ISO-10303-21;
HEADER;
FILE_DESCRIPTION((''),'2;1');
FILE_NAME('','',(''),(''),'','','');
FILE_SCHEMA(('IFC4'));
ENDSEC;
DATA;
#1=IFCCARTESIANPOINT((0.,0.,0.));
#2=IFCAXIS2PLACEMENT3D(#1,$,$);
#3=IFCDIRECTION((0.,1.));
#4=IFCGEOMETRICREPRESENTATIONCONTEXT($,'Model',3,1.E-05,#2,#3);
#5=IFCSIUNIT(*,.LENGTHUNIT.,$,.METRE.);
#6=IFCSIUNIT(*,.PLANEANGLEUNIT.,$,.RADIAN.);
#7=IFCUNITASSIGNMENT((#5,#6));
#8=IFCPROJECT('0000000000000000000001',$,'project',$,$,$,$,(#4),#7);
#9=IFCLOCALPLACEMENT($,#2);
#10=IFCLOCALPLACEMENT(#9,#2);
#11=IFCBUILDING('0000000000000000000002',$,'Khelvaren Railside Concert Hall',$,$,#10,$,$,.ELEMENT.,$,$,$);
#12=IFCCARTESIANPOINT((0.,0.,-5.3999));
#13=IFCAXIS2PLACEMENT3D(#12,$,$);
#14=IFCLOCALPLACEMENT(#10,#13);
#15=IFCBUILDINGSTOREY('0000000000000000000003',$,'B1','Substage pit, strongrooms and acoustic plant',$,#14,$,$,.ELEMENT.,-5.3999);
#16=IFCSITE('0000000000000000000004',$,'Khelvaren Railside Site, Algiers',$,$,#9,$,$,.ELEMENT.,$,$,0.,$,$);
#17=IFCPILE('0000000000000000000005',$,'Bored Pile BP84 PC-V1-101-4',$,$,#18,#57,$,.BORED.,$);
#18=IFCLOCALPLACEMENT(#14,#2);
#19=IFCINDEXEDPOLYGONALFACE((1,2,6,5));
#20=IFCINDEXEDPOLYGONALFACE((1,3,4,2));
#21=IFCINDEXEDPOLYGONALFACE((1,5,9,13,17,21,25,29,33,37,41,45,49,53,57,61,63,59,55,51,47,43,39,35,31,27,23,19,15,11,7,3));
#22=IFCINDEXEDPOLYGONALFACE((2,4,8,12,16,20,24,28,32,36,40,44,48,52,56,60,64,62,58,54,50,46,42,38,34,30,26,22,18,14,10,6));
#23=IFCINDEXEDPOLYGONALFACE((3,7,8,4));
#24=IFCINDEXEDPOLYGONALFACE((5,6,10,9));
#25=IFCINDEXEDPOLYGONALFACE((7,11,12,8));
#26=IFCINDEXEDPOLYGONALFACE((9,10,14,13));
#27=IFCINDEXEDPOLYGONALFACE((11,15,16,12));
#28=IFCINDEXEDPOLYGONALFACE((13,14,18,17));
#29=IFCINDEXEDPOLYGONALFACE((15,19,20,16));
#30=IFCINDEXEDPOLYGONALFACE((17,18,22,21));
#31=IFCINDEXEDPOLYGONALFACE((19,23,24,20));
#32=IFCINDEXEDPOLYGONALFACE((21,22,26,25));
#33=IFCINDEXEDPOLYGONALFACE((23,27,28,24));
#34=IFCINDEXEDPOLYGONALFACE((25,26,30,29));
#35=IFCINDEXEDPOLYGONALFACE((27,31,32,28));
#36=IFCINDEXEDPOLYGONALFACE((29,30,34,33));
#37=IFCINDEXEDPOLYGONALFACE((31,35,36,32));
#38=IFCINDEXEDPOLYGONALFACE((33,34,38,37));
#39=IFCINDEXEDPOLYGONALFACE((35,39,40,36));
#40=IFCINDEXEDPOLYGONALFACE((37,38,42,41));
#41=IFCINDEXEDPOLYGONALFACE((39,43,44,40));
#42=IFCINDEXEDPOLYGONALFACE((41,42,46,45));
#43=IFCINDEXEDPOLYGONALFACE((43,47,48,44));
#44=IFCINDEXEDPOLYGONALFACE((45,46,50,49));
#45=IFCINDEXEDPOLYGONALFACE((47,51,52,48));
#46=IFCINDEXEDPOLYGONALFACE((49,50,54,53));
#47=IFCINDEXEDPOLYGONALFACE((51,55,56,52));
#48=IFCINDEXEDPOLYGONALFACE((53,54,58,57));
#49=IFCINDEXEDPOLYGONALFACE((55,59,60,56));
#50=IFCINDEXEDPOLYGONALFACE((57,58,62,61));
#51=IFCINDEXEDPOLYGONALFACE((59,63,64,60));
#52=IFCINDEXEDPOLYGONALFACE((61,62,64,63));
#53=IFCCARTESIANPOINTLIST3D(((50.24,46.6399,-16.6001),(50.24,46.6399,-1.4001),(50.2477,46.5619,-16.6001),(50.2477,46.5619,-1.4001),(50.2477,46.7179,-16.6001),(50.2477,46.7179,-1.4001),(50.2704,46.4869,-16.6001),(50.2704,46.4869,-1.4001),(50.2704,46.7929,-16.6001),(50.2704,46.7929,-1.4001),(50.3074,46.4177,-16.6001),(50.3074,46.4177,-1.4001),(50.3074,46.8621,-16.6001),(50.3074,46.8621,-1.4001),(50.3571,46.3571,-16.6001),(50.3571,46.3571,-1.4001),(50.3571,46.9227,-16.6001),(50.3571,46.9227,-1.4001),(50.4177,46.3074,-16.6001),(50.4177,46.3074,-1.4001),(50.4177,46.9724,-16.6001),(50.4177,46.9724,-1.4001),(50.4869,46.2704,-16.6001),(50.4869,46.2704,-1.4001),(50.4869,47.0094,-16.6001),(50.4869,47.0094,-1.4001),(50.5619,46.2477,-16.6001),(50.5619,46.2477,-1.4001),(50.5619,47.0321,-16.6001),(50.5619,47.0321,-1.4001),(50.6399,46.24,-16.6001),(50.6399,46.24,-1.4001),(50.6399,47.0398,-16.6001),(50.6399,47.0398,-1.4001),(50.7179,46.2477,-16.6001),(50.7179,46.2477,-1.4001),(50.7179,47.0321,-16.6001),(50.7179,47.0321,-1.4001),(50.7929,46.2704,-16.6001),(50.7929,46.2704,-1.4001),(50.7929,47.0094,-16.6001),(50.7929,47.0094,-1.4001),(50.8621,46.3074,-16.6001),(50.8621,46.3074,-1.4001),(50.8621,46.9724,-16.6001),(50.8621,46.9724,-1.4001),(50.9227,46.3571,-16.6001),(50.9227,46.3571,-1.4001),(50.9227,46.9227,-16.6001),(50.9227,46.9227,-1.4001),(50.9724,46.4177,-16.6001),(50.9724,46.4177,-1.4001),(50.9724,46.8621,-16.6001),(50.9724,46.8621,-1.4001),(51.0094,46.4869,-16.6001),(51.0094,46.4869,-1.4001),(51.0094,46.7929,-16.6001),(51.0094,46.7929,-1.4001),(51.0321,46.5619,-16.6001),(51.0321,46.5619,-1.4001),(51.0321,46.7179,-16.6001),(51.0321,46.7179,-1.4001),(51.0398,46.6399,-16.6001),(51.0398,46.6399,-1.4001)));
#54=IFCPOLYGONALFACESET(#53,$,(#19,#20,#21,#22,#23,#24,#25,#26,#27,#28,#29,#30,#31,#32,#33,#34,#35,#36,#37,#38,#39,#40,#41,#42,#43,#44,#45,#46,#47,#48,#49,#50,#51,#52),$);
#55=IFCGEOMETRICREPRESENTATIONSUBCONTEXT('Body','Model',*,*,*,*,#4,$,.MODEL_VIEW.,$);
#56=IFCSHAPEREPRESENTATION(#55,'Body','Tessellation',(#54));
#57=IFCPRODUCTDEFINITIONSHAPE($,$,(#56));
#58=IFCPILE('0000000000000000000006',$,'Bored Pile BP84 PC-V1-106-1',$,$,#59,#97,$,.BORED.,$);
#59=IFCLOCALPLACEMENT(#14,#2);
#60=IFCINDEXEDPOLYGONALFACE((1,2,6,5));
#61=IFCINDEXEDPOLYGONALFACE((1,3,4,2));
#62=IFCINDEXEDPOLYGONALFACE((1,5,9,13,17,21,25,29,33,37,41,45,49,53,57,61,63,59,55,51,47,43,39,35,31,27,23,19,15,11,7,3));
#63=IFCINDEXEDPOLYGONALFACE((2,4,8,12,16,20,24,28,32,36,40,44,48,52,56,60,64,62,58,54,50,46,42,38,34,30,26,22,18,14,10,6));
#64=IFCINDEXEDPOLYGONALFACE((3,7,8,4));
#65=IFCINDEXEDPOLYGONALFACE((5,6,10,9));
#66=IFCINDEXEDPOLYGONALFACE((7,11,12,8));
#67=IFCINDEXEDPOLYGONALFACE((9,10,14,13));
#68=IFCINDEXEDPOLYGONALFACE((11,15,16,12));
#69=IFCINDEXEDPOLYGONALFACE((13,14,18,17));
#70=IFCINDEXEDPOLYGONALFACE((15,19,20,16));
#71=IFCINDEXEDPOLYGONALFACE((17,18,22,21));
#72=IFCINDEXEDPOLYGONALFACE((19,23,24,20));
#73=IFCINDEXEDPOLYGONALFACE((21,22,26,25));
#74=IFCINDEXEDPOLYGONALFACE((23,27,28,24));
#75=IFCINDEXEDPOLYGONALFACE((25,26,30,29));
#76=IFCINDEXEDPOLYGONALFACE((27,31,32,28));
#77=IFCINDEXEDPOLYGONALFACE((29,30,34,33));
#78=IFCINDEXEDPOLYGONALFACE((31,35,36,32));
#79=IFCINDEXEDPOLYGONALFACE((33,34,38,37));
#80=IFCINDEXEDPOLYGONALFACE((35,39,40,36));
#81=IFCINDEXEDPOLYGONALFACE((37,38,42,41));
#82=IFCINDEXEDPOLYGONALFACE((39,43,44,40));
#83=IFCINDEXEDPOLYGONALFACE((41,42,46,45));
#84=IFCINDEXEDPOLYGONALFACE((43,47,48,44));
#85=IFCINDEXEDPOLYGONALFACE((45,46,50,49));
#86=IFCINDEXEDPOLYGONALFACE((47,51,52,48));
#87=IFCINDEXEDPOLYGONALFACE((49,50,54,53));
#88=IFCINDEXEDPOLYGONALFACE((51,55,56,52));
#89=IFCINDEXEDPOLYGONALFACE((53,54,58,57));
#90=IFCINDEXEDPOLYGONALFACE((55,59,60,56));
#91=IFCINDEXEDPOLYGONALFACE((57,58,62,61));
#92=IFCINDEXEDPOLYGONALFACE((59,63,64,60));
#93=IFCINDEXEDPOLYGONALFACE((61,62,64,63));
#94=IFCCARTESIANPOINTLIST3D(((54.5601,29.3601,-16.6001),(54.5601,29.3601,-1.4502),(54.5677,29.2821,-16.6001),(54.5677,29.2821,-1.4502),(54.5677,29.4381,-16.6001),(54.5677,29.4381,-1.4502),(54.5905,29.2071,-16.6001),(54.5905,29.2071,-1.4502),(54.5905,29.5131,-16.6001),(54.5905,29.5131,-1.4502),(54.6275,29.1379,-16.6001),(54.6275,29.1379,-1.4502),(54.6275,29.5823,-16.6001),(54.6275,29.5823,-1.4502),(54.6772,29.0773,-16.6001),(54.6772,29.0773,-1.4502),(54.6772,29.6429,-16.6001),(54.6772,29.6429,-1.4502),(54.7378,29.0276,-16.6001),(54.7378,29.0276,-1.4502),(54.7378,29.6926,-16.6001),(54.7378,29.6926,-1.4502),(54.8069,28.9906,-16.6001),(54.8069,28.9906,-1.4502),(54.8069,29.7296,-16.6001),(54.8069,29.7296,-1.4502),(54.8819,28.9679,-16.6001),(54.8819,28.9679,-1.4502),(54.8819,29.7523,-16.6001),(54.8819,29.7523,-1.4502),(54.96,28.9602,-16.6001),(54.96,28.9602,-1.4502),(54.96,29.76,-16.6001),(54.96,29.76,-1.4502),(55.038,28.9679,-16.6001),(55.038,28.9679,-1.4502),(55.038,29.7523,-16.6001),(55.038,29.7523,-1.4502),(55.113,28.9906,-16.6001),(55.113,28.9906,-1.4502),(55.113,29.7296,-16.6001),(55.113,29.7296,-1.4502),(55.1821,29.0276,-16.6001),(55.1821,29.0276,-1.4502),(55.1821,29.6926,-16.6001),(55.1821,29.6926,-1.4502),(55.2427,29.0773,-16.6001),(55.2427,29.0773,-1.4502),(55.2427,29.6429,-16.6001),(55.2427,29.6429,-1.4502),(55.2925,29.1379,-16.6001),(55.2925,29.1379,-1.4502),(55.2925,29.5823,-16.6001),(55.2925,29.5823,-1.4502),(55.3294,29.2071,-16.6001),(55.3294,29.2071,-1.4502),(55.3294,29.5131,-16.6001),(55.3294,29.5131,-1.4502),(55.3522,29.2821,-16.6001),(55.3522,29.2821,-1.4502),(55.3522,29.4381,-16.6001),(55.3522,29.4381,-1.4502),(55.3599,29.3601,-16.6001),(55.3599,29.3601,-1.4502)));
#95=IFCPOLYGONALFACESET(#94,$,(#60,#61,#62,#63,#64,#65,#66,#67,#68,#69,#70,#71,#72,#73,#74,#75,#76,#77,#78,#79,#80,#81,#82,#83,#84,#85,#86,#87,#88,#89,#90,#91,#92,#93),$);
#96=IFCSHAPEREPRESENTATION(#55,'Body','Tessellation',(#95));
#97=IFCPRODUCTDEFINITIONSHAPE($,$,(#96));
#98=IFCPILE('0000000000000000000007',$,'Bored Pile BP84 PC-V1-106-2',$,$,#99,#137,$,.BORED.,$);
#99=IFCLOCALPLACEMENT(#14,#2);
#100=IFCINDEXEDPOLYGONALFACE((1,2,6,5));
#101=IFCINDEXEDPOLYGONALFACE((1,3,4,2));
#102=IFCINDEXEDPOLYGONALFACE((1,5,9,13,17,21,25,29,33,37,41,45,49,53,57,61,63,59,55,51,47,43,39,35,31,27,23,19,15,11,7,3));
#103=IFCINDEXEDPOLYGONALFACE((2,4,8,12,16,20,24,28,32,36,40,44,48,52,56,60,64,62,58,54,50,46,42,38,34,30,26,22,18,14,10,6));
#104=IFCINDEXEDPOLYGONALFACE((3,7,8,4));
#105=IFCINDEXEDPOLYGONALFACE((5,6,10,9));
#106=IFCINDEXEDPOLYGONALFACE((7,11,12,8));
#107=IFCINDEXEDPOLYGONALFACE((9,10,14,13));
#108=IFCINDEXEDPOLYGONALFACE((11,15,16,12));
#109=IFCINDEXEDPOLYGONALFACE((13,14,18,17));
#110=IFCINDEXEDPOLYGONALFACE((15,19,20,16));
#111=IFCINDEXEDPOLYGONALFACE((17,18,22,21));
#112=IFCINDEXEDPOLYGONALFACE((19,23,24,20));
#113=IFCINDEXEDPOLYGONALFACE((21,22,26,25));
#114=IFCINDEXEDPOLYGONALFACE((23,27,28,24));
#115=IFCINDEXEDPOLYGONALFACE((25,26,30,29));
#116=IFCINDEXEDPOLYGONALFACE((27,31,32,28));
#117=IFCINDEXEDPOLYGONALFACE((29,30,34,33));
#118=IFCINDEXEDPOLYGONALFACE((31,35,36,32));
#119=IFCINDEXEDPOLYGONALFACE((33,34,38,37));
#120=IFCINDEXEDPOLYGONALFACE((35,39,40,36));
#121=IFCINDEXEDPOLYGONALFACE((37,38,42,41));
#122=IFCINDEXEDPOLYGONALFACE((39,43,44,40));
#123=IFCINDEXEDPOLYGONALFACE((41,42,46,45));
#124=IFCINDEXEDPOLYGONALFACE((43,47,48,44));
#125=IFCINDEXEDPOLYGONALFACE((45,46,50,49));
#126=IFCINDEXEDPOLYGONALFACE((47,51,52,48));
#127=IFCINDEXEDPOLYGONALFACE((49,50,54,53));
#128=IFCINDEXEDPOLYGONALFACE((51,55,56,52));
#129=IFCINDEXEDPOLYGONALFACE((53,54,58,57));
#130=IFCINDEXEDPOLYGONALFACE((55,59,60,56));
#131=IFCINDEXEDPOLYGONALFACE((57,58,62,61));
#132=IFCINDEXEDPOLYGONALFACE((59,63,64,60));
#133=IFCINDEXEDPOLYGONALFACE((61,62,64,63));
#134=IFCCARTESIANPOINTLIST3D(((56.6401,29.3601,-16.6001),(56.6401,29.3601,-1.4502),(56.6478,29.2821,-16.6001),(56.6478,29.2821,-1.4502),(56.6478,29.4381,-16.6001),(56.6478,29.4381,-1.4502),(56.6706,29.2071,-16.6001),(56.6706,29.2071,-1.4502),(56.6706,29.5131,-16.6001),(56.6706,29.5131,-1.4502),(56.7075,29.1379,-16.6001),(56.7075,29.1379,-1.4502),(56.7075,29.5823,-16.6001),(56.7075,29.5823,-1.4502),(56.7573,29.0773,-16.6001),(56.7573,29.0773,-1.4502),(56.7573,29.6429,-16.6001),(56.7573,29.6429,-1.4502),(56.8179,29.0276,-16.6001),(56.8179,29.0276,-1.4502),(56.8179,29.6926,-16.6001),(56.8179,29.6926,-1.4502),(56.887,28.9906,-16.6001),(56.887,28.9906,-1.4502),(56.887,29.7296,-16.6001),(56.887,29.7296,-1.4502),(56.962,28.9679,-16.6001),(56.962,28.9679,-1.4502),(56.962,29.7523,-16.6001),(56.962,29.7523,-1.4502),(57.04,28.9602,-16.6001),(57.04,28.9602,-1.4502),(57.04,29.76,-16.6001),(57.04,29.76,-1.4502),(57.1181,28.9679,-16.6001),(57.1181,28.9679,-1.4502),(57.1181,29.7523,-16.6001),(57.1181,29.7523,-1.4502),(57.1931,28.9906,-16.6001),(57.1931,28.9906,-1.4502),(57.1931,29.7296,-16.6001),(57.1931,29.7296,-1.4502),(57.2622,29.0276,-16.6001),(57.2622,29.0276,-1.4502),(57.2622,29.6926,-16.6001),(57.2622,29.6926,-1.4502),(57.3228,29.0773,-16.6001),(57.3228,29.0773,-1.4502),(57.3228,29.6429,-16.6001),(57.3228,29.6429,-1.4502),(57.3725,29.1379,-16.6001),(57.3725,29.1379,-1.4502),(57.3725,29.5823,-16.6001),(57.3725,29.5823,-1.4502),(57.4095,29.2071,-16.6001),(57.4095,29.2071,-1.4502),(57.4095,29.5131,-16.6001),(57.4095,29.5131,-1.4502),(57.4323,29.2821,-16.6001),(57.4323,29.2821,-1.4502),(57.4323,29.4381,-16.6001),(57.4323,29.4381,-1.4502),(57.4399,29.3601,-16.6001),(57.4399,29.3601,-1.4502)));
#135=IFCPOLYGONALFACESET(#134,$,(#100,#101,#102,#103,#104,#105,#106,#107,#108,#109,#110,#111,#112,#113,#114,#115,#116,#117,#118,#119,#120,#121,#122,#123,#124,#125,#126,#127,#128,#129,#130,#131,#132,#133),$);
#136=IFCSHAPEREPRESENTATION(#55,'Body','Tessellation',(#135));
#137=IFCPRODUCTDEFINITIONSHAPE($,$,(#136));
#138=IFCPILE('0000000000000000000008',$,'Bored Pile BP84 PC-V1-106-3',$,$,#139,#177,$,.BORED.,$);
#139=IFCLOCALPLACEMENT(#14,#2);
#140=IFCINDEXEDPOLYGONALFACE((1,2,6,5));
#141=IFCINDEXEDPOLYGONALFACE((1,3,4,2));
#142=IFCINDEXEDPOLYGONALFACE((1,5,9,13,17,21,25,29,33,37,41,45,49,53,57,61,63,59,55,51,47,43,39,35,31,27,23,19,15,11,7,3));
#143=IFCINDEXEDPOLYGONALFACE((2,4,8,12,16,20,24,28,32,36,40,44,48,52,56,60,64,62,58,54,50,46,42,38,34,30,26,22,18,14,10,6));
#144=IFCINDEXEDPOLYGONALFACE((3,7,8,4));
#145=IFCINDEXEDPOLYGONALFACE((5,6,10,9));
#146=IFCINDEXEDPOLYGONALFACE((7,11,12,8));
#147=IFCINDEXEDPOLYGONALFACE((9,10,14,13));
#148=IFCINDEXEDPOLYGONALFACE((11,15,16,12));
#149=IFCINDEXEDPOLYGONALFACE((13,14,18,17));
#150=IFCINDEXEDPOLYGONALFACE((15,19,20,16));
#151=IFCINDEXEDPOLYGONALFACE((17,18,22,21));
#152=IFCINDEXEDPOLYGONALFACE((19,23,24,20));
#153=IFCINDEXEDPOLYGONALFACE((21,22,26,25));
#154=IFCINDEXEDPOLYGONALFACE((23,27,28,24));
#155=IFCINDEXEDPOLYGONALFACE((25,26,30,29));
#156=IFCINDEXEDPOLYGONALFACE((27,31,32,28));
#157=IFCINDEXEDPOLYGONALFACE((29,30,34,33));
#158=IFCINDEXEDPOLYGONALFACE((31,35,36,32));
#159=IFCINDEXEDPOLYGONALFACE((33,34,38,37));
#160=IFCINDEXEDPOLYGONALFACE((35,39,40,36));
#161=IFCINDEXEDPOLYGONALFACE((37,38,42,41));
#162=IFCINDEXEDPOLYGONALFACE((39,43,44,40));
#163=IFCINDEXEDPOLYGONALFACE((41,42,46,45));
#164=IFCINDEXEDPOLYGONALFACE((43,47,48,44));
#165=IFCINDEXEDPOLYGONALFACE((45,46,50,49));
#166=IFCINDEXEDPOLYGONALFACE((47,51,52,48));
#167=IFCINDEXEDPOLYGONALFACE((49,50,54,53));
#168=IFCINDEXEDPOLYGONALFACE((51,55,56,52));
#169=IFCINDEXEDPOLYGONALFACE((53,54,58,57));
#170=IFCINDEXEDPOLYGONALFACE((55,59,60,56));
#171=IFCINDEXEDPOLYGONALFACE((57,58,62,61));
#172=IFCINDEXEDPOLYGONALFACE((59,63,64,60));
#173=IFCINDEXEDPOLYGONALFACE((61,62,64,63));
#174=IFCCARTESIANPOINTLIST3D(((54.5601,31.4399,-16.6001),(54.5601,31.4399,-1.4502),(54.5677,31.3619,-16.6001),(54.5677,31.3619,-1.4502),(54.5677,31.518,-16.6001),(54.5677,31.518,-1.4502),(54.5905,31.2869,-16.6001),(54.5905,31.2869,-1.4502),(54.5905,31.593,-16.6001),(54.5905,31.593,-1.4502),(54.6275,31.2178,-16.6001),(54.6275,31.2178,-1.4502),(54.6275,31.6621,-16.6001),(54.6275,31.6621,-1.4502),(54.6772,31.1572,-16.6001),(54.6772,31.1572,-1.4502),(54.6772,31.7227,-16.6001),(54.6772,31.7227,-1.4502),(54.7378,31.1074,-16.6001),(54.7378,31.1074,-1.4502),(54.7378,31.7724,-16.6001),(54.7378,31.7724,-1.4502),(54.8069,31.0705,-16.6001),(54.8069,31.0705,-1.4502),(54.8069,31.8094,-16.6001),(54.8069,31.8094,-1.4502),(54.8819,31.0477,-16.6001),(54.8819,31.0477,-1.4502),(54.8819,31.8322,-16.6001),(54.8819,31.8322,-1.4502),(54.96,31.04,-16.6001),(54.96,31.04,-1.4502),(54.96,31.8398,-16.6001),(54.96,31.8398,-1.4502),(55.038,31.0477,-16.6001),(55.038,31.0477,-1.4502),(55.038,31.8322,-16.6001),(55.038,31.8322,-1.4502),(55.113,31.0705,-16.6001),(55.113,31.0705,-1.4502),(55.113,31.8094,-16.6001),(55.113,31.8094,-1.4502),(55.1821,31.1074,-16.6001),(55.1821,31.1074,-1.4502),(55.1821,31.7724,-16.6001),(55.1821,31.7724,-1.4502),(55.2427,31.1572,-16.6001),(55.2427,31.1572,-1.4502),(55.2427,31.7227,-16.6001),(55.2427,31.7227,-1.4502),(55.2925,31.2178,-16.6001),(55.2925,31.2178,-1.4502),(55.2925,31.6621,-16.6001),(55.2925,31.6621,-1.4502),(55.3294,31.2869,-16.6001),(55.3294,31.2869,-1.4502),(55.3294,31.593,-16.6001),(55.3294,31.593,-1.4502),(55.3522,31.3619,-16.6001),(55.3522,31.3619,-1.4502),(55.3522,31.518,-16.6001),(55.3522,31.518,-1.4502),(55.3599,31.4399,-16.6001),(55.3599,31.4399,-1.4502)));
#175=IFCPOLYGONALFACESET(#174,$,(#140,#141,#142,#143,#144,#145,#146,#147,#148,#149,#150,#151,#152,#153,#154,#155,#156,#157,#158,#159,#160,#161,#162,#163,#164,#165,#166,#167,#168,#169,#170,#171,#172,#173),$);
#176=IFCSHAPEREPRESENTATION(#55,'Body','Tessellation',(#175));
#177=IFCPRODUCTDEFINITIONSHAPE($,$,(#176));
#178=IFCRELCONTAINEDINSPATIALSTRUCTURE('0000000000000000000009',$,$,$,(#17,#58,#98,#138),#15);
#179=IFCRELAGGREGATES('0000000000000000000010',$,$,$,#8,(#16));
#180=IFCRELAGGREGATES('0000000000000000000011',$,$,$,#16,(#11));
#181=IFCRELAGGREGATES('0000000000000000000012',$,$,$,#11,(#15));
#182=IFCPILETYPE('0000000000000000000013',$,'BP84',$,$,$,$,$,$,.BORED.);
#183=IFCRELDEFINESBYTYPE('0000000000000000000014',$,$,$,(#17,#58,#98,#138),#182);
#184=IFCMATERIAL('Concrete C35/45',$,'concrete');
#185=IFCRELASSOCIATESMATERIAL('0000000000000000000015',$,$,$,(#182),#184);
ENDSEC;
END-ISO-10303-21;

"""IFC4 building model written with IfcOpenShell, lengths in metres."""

from ifc_helpers import new_model, si_unit, direction, frame, origin, origin_2d, place, context, subcontext, project, spatial, circle, extrude, material, material_profile, profile_set, type_object, element, save


model = new_model("IFC4")

# Units and contexts
model_context = context("Model", 3, precision=1e-05, world=origin(), true_north=direction((0.0, 1.0)))
body_context = subcontext(model_context, "Body", "Model", "MODEL_VIEW")
ifc_project = project(units=[si_unit("LENGTHUNIT", "METRE"), si_unit("PLANEANGLEUNIT", "RADIAN")], contexts=[model_context])

# Site, building, storey
site_placement = place(None, origin())
site = spatial("IfcSite", under=ifc_project, at=site_placement, Name="Khelvaren Railside Site, Algiers", CompositionType="ELEMENT", RefElevation=0.0)
building_placement = place(site_placement, origin())
building = spatial("IfcBuilding", under=site, at=building_placement, Name="Khelvaren Railside Concert Hall", CompositionType="ELEMENT")
storey_placement = place(building_placement, frame((0.0, 0.0, -5.3999)))
storey = spatial("IfcBuildingStorey", under=building, at=storey_placement, Name="B1", Description="Substage pit, strongrooms and acoustic plant", CompositionType="ELEMENT", Elevation=-5.3999)

# Piles
ifc_material_1 = material(Name="Concrete C35/45", Category="concrete")
ifc_material_profile_1 = material_profile(ifc_material_1, circle(Radius=0.3999, at=origin_2d()), Name="BP D800")
ifc_profile_set_1 = profile_set([ifc_material_profile_1], Name="Concrete C35/45")
pile_type_1 = type_object("IfcPileType", Name="BP84", PredefinedType="BORED", material=ifc_profile_set_1)
for number, where, z_axis, x_axis, name in (
    (1, (50.6399, 46.6399, -1.4001), (0.0, 0.0, -1.0), (1.0, 0.0, 0.0), "Bored Pile BP84 PC-V1-101-4"),
):
    element("IfcPile", number, at=place(storey_placement, frame(where, z_axis=z_axis, x_axis=x_axis)), inside=storey, type_object=pile_type_1, Name=name, PredefinedType="BORED", context=body_context, shape_type="SweptSolid", body=[
        extrude(circle(Radius=0.3999, at=origin_2d()), origin(), (0.0, 0.0, 1.0), 15.2),
    ])
for number, where, z_axis, x_axis, name in (
    (2, (54.96, 29.3601, -1.4502), (0.0, 0.0, -1.0), (1.0, 0.0, 0.0), "Bored Pile BP84 PC-V1-106-1"),
    (3, (57.04, 29.3601, -1.4502), (0.0, 0.0, -1.0), (1.0, 0.0, 0.0), "Bored Pile BP84 PC-V1-106-2"),
    (4, (54.96, 31.4399, -1.4502), (0.0, 0.0, -1.0), (1.0, 0.0, 0.0), "Bored Pile BP84 PC-V1-106-3"),
):
    element("IfcPile", number, at=place(storey_placement, frame(where, z_axis=z_axis, x_axis=x_axis)), inside=storey, type_object=pile_type_1, Name=name, PredefinedType="BORED", context=body_context, shape_type="SweptSolid", body=[
        extrude(circle(Radius=0.3999, at=origin_2d()), origin(), (0.0, 0.0, 1.0), 15.1499),
    ])

save(model, "model.ifc")
